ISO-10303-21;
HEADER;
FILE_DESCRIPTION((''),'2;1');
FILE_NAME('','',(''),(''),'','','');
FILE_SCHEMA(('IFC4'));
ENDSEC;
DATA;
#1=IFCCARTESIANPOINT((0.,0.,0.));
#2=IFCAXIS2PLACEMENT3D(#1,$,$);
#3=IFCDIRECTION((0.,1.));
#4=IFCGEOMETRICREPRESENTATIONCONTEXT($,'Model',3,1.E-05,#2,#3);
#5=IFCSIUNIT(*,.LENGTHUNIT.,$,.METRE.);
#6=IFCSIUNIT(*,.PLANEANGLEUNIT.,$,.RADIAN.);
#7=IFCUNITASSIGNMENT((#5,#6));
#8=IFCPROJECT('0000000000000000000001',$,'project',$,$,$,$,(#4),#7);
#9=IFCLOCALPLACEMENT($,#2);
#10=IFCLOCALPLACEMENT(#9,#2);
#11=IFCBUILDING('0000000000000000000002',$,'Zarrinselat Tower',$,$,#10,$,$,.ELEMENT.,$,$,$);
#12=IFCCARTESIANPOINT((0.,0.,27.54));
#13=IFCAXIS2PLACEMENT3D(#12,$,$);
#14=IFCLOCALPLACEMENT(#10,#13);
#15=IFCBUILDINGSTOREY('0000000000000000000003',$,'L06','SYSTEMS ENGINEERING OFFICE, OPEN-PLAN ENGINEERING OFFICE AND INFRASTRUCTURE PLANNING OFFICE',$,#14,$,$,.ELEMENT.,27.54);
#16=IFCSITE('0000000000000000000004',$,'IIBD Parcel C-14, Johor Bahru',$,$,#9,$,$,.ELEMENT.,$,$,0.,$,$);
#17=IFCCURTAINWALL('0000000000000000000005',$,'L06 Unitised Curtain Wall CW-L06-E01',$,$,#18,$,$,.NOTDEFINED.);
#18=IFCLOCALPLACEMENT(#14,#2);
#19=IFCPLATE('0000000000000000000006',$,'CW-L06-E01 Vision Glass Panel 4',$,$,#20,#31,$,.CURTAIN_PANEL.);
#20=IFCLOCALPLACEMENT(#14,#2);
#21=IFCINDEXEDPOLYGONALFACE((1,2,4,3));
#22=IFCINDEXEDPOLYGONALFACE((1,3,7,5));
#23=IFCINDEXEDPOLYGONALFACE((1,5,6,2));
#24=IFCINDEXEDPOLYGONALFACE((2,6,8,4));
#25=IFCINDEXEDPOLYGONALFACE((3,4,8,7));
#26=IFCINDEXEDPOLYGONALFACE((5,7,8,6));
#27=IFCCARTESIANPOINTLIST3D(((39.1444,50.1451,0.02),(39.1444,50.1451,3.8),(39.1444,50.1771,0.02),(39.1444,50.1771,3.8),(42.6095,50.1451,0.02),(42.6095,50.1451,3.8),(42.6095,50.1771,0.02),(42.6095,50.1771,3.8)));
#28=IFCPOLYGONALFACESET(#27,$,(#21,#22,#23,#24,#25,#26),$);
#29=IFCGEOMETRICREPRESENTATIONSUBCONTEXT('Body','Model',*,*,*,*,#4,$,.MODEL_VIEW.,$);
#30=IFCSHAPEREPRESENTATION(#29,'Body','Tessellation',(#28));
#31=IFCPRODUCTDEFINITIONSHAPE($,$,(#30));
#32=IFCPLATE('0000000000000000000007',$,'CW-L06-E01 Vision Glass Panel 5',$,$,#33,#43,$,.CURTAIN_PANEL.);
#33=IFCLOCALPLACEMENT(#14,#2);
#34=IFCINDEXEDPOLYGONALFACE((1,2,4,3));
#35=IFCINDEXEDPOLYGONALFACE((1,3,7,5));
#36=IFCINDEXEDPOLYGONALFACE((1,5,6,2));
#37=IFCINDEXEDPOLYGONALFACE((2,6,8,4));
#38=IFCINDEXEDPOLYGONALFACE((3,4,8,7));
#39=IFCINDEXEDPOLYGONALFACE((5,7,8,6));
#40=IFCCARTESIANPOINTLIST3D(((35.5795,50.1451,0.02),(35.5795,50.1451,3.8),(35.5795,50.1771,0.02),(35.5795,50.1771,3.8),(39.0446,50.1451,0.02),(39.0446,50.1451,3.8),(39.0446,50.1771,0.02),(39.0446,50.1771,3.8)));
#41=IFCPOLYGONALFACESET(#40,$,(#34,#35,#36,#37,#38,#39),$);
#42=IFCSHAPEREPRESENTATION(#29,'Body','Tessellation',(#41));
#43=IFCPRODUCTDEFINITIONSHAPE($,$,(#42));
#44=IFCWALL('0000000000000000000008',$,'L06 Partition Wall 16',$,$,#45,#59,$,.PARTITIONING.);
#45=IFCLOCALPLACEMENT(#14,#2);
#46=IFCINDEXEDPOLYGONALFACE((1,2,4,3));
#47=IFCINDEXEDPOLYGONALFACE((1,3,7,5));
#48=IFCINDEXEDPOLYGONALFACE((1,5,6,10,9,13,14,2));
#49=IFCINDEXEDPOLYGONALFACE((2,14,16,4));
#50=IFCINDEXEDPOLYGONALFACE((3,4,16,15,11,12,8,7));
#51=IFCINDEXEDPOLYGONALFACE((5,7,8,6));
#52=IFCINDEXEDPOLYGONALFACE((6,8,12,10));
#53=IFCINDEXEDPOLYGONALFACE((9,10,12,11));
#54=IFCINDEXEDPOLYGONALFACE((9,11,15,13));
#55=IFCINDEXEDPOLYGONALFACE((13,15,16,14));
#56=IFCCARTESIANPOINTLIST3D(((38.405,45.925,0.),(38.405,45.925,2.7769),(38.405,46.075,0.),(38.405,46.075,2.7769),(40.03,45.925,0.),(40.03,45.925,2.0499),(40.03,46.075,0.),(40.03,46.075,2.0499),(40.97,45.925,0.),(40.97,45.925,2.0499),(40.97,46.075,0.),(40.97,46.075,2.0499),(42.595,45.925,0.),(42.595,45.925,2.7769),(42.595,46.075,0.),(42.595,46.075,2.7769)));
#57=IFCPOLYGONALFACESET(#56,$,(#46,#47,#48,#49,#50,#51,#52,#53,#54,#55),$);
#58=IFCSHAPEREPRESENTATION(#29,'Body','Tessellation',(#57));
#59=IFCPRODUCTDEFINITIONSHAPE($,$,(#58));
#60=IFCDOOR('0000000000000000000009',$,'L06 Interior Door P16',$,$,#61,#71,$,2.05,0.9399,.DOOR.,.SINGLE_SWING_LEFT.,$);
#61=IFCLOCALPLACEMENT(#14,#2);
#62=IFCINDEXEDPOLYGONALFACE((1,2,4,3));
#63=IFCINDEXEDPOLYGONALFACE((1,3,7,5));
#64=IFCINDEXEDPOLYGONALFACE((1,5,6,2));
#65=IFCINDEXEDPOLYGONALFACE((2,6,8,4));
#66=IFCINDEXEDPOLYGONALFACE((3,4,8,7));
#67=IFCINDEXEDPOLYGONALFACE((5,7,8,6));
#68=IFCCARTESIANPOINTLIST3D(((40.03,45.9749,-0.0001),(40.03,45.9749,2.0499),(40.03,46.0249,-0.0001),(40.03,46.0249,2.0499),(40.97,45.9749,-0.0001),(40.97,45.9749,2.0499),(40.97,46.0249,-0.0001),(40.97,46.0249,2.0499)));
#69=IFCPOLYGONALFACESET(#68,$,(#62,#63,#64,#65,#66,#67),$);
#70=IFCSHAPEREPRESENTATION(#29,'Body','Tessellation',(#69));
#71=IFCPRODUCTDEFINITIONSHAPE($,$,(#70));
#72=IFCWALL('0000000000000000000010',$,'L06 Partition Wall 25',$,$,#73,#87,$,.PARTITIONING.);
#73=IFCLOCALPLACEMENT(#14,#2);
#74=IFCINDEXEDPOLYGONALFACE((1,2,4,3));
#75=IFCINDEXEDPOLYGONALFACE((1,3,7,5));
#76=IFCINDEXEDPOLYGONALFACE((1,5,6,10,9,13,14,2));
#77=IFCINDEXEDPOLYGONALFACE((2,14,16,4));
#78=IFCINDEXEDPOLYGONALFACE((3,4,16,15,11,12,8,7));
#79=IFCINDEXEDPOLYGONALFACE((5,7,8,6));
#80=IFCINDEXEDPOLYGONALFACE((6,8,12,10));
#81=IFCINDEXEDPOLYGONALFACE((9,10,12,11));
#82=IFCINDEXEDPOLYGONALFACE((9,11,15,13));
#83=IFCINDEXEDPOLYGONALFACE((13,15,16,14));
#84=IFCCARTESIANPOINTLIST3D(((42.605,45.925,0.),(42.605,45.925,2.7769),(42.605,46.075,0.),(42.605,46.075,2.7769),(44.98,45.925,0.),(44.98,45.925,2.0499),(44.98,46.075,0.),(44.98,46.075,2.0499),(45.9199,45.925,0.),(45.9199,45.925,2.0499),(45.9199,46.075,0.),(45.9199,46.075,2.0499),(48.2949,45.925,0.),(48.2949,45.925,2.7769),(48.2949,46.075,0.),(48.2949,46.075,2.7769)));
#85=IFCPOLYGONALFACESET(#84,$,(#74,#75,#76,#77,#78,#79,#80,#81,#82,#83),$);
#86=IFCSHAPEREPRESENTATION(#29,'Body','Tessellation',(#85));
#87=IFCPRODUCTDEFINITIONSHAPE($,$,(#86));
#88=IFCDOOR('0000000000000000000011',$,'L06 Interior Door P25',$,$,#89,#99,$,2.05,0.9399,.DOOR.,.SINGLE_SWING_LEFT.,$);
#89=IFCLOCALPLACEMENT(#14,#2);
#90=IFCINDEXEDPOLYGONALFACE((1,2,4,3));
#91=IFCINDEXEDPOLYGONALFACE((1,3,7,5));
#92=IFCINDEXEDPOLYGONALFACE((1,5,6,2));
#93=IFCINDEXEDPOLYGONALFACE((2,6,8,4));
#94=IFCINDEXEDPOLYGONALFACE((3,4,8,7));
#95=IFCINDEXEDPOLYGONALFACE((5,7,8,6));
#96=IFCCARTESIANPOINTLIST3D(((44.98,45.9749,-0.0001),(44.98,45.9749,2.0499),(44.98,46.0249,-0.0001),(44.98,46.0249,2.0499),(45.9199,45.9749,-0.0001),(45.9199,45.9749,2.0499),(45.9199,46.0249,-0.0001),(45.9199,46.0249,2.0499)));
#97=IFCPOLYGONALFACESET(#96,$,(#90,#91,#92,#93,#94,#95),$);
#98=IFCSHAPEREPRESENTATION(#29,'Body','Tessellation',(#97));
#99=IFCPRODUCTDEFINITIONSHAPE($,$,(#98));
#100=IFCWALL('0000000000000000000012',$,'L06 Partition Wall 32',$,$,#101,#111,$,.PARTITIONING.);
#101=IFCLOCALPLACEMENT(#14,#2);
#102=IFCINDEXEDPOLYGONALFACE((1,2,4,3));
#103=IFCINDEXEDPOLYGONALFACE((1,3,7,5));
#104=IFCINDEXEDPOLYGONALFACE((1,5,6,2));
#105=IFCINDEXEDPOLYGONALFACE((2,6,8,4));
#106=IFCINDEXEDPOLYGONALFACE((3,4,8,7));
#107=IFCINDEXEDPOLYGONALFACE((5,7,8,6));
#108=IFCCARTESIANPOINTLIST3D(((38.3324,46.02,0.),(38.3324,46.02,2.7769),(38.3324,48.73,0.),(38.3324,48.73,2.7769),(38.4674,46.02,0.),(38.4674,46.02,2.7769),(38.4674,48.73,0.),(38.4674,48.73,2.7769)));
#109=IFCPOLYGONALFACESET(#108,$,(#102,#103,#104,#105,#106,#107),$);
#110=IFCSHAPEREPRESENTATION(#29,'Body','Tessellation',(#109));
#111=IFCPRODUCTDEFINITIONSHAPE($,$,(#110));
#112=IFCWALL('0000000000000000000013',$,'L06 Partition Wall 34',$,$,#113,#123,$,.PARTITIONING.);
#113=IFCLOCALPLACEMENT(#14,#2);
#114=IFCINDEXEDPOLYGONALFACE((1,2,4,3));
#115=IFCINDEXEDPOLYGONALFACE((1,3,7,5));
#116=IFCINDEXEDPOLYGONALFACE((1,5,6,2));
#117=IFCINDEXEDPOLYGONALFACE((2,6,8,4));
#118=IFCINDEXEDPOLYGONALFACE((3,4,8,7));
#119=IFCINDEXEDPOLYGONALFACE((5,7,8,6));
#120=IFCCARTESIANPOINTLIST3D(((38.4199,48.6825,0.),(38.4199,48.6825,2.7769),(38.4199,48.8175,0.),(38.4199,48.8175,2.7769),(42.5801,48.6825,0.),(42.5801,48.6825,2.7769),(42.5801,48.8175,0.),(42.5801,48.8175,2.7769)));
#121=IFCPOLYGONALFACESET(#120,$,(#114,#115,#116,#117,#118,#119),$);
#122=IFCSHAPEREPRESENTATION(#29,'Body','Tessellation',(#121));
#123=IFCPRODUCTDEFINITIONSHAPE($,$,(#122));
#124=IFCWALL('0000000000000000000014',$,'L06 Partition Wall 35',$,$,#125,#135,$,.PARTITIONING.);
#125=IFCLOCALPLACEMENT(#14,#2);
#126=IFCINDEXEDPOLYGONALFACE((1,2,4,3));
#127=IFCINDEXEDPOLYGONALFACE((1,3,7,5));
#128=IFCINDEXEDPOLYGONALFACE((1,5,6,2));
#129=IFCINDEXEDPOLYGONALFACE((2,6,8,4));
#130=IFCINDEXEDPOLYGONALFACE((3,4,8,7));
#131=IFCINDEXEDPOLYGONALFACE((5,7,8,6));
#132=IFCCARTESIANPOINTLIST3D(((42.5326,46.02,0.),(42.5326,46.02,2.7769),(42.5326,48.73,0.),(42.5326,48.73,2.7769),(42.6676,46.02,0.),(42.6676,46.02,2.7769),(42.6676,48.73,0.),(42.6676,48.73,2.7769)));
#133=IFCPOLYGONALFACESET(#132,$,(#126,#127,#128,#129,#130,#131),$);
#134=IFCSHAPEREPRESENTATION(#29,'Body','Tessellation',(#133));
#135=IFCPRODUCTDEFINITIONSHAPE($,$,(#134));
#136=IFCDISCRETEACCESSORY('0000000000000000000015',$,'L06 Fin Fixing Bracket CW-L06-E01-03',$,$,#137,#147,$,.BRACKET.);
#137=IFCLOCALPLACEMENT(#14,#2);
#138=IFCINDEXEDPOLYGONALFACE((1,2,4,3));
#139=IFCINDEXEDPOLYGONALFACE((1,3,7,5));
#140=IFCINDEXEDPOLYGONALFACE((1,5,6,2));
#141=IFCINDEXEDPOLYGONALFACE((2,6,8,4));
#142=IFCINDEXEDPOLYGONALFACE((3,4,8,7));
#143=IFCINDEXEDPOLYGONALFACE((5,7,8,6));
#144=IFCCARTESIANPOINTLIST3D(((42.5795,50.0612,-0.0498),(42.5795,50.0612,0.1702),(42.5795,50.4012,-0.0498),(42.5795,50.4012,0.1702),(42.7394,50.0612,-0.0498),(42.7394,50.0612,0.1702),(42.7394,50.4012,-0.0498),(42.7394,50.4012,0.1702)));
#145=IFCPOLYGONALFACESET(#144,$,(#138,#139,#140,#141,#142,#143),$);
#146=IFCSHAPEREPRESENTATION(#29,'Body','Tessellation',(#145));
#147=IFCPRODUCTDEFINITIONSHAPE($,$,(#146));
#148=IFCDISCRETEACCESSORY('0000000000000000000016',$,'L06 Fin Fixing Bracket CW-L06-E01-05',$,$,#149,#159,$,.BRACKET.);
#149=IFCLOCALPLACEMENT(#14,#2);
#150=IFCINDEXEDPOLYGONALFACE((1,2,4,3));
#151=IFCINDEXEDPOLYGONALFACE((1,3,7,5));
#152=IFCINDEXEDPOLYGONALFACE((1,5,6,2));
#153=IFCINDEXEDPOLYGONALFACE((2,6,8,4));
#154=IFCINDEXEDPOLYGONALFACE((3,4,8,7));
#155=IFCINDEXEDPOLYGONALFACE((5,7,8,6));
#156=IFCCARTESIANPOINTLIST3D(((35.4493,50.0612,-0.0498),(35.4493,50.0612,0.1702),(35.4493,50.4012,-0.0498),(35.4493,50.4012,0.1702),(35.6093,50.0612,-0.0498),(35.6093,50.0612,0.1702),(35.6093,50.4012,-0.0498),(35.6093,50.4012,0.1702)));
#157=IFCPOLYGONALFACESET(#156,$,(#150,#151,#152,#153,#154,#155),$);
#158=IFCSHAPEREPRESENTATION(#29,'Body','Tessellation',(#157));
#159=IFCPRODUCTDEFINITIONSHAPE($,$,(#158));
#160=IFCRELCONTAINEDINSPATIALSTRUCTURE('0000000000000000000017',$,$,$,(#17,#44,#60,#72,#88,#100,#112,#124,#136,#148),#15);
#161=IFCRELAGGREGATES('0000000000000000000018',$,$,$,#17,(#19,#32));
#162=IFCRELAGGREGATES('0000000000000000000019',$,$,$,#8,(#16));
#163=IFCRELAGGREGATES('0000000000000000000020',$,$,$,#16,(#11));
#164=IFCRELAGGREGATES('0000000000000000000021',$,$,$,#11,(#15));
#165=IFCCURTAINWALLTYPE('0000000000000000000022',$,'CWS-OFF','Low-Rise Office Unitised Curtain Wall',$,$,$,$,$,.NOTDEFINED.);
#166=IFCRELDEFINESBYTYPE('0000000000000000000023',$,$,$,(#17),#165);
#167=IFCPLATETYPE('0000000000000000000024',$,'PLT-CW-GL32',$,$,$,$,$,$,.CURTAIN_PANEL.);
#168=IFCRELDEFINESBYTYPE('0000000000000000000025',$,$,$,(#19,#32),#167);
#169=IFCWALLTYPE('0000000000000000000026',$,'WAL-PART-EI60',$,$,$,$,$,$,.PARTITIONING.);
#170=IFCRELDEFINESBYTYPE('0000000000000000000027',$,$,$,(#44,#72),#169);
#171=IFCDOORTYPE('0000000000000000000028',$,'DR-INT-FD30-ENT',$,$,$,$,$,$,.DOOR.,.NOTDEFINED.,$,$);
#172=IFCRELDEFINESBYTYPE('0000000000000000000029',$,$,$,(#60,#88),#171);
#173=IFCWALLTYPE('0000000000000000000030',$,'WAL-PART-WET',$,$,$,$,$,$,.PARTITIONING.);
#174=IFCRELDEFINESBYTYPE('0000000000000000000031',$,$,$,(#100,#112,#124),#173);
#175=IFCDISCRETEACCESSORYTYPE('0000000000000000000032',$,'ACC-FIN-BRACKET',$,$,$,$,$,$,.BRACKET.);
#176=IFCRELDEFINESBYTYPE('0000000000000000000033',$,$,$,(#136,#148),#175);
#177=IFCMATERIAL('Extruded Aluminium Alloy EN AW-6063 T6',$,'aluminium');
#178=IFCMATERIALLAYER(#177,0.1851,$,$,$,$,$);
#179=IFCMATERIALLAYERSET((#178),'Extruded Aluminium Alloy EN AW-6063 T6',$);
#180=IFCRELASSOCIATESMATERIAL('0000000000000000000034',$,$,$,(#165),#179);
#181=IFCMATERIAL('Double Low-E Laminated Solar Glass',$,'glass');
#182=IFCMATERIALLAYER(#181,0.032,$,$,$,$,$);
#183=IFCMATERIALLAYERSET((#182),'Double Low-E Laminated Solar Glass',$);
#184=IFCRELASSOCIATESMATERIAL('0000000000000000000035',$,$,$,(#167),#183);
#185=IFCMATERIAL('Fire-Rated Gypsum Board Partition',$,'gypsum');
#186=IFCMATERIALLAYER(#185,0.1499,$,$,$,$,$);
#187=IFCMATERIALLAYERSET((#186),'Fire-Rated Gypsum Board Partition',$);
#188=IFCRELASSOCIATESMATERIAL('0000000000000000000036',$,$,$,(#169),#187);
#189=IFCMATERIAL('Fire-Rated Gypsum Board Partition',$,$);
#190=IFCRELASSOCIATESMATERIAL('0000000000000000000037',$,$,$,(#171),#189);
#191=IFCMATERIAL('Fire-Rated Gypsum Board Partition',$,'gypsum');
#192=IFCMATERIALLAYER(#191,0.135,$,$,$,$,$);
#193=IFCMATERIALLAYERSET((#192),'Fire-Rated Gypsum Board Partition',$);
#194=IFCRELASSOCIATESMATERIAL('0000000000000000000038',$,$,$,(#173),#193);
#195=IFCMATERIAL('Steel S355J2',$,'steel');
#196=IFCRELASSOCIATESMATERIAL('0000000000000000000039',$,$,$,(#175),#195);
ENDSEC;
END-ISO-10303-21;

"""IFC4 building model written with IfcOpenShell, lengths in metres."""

from ifc_helpers import new_model, si_unit, direction, frame, frame_2d, origin, origin_2d, place, context, subcontext, project, spatial, rectangle, extrude, material, layer, layer_set, type_object, element, fill, aggregate, save


model = new_model("IFC4")

# Units and contexts
model_context = context("Model", 3, precision=1e-05, world=origin(), true_north=direction((0.0, 1.0)))
body_context = subcontext(model_context, "Body", "Model", "MODEL_VIEW")
ifc_project = project(units=[si_unit("LENGTHUNIT", "METRE"), si_unit("PLANEANGLEUNIT", "RADIAN")], contexts=[model_context])

# Site, building, storey
site_placement = place(None, origin())
site = spatial("IfcSite", under=ifc_project, at=site_placement, Name="IIBD Parcel C-14, Johor Bahru", CompositionType="ELEMENT", RefElevation=0.0)
building_placement = place(site_placement, origin())
building = spatial("IfcBuilding", under=site, at=building_placement, Name="Zarrinselat Tower", CompositionType="ELEMENT")
storey_placement = place(building_placement, frame((0.0, 0.0, 27.54)))
storey = spatial("IfcBuildingStorey", under=building, at=storey_placement, Name="L06", Description="SYSTEMS ENGINEERING OFFICE, OPEN-PLAN ENGINEERING OFFICE AND INFRASTRUCTURE PLANNING OFFICE", CompositionType="ELEMENT", Elevation=27.54)

# Curtain wall, plates
ifc_material_1 = material(Name="Extruded Aluminium Alloy EN AW-6063 T6", Category="aluminium")
ifc_layer_1 = layer(ifc_material_1, 0.1851)
ifc_layer_set_1 = layer_set([ifc_layer_1], Name="Extruded Aluminium Alloy EN AW-6063 T6")
curtain_wall_type = type_object("IfcCurtainWallType", Name="CWS-OFF", Description="Low-Rise Office Unitised Curtain Wall", PredefinedType="NOTDEFINED", material=ifc_layer_set_1)
curtain_wall_placement = place(storey_placement, origin())
curtain_wall = element("IfcCurtainWall", 1, at=curtain_wall_placement, inside=storey, type_object=curtain_wall_type, Name="L06 Unitised Curtain Wall CW-L06-E01", PredefinedType="NOTDEFINED")
ifc_material_2 = material(Name="Double Low-E Laminated Solar Glass", Category="glass")
ifc_layer_2 = layer(ifc_material_2, 0.032)
ifc_layer_set_2 = layer_set([ifc_layer_2], Name="Double Low-E Laminated Solar Glass")
plate_type = type_object("IfcPlateType", Name="PLT-CW-GL32", PredefinedType="CURTAIN_PANEL", material=ifc_layer_set_2)
plate_1_placement = place(storey_placement, frame((40.877, 50.1611, 0.02), z_axis=(0.0, 0.0, 1.0), x_axis=(-1.0, 0.0, 0.0)))
plate_1 = element("IfcPlate", 2, at=plate_1_placement, type_object=plate_type, Name="CW-L06-E01 Vision Glass Panel 4", PredefinedType="CURTAIN_PANEL", context=body_context, shape_type="SweptSolid", body=[
    extrude(rectangle(XDim=3.4651, YDim=0.032, at=origin_2d()), origin(), (0.0, 0.0, 1.0), 3.78),
])
plate_2_placement = place(storey_placement, frame((37.312, 50.1611, 0.02), z_axis=(0.0, 0.0, 1.0), x_axis=(-1.0, 0.0, 0.0)))
plate_2 = element("IfcPlate", 3, at=plate_2_placement, type_object=plate_type, Name="CW-L06-E01 Vision Glass Panel 5", PredefinedType="CURTAIN_PANEL", context=body_context, shape_type="SweptSolid", body=[
    extrude(rectangle(XDim=3.4651, YDim=0.032, at=origin_2d()), origin(), (0.0, 0.0, 1.0), 3.78),
])
aggregate(curtain_wall, [plate_1, plate_2])

# Walls, openings, doors
ifc_material_3 = material(Name="Fire-Rated Gypsum Board Partition", Category="gypsum")
ifc_layer_3 = layer(ifc_material_3, 0.1499)
ifc_layer_set_3 = layer_set([ifc_layer_3], Name="Fire-Rated Gypsum Board Partition")
wall_type_1 = type_object("IfcWallType", Name="WAL-PART-EI60", PredefinedType="PARTITIONING", material=ifc_layer_set_3)
wall_1_placement = place(storey_placement, frame((38.405, 46.0, 0.0), z_axis=(0.0, 0.0, 1.0), x_axis=(1.0, 0.0, 0.0)))
wall_1 = element("IfcWall", 4, at=wall_1_placement, inside=storey, type_object=wall_type_1, Name="L06 Partition Wall 16", PredefinedType="PARTITIONING", context=body_context, shape_type="SweptSolid", body=[
    extrude(rectangle(XDim=4.1899, YDim=0.1499, at=frame_2d((2.095, 0.0))), origin(), (0.0, 0.0, 1.0), 2.7769),
])
opening_1_placement = place(wall_1_placement, frame((1.625, 0.0, 0.0)))
opening_1 = element("IfcOpeningElement", 5, at=opening_1_placement, cuts=wall_1, PredefinedType="OPENING", context=body_context, shape_type="SweptSolid", body=[
    extrude(rectangle(XDim=0.9399, YDim=2.05, at=frame_2d((0.47, 1.0249))), frame((0.0, 0.085, 0.0), z_axis=(0.0, -1.0, 0.0), x_axis=(1.0, 0.0, 0.0)), (0.0, 0.0, 1.0), 0.1699),
])
ifc_material_4 = material(Name="Fire-Rated Gypsum Board Partition")
door_type = type_object("IfcDoorType", Name="DR-INT-FD30-ENT", OperationType="NOTDEFINED", PredefinedType="DOOR", material=ifc_material_4)
door_1_placement = place(opening_1_placement, origin())
door_1 = element("IfcDoor", 6, at=door_1_placement, inside=storey, type_object=door_type, Name="L06 Interior Door P16", OperationType="SINGLE_SWING_LEFT", OverallHeight=2.05, OverallWidth=0.9399, PredefinedType="DOOR", context=body_context, shape_type="SweptSolid", body=[
    extrude(rectangle(XDim=0.9399, YDim=2.05, at=frame_2d((0.47, 1.0249))), frame((0.0, 0.0249, 0.0), z_axis=(0.0, -1.0, 0.0), x_axis=(1.0, 0.0, 0.0)), (0.0, 0.0, 1.0), 0.05),
])
fill(opening_1, door_1)
wall_2_placement = place(storey_placement, frame((42.605, 46.0, 0.0), z_axis=(0.0, 0.0, 1.0), x_axis=(1.0, 0.0, 0.0)))
wall_2 = element("IfcWall", 7, at=wall_2_placement, inside=storey, type_object=wall_type_1, Name="L06 Partition Wall 25", PredefinedType="PARTITIONING", context=body_context, shape_type="SweptSolid", body=[
    extrude(rectangle(XDim=5.6899, YDim=0.1499, at=frame_2d((2.845, 0.0))), origin(), (0.0, 0.0, 1.0), 2.7769),
])
opening_2_placement = place(wall_2_placement, frame((2.375, 0.0, 0.0)))
opening_2 = element("IfcOpeningElement", 8, at=opening_2_placement, cuts=wall_2, PredefinedType="OPENING", context=body_context, shape_type="SweptSolid", body=[
    extrude(rectangle(XDim=0.9399, YDim=2.05, at=frame_2d((0.47, 1.0249))), frame((0.0, 0.085, 0.0), z_axis=(0.0, -1.0, 0.0), x_axis=(1.0, 0.0, 0.0)), (0.0, 0.0, 1.0), 0.1699),
])
door_2_placement = place(opening_2_placement, origin())
door_2 = element("IfcDoor", 9, at=door_2_placement, inside=storey, type_object=door_type, Name="L06 Interior Door P25", OperationType="SINGLE_SWING_LEFT", OverallHeight=2.05, OverallWidth=0.9399, PredefinedType="DOOR", context=body_context, shape_type="SweptSolid", body=[
    extrude(rectangle(XDim=0.9399, YDim=2.05, at=frame_2d((0.47, 1.0249))), frame((0.0, 0.0249, 0.0), z_axis=(0.0, -1.0, 0.0), x_axis=(1.0, 0.0, 0.0)), (0.0, 0.0, 1.0), 0.05),
])
fill(opening_2, door_2)

# Walls
ifc_material_5 = material(Name="Fire-Rated Gypsum Board Partition", Category="gypsum")
ifc_layer_4 = layer(ifc_material_5, 0.135)
ifc_layer_set_4 = layer_set([ifc_layer_4], Name="Fire-Rated Gypsum Board Partition")
wall_type_2 = type_object("IfcWallType", Name="WAL-PART-WET", PredefinedType="PARTITIONING", material=ifc_layer_set_4)
wall_3_placement = place(storey_placement, frame((38.3999, 46.02, 0.0), z_axis=(0.0, 0.0, 1.0), x_axis=(0.0, 1.0, 0.0)))
element("IfcWall", 10, at=wall_3_placement, inside=storey, type_object=wall_type_2, Name="L06 Partition Wall 32", PredefinedType="PARTITIONING", context=body_context, shape_type="SweptSolid", body=[
    extrude(rectangle(XDim=2.71, YDim=0.135, at=frame_2d((1.355, 0.0))), origin(), (0.0, 0.0, 1.0), 2.7769),
])
wall_4_placement = place(storey_placement, frame((38.4199, 48.75, 0.0), z_axis=(0.0, 0.0, 1.0), x_axis=(1.0, 0.0, 0.0)))
element("IfcWall", 11, at=wall_4_placement, inside=storey, type_object=wall_type_2, Name="L06 Partition Wall 34", PredefinedType="PARTITIONING", context=body_context, shape_type="SweptSolid", body=[
    extrude(rectangle(XDim=4.1602, YDim=0.135, at=frame_2d((2.0801, 0.0))), origin(), (0.0, 0.0, 1.0), 2.7769),
])
wall_5_placement = place(storey_placement, frame((42.6001, 46.02, 0.0), z_axis=(0.0, 0.0, 1.0), x_axis=(0.0, 1.0, 0.0)))
element("IfcWall", 12, at=wall_5_placement, inside=storey, type_object=wall_type_2, Name="L06 Partition Wall 35", PredefinedType="PARTITIONING", context=body_context, shape_type="SweptSolid", body=[
    extrude(rectangle(XDim=2.71, YDim=0.135, at=frame_2d((1.355, 0.0))), origin(), (0.0, 0.0, 1.0), 2.7769),
])

# Discrete accessories
ifc_material_6 = material(Name="Steel S355J2", Category="steel")
discrete_accessory_type = type_object("IfcDiscreteAccessoryType", Name="ACC-FIN-BRACKET", PredefinedType="BRACKET", material=ifc_material_6)
for number, where, z_axis, x_axis, name in (
    (13, (42.6594, 50.2312, -0.0498), (0.0, 0.0, 1.0), (0.0, 1.0, 0.0), "L06 Fin Fixing Bracket CW-L06-E01-03"),
    (14, (35.5293, 50.2312, -0.0498), (0.0, 0.0, 1.0), (0.0, 1.0, 0.0), "L06 Fin Fixing Bracket CW-L06-E01-05"),
):
    element("IfcDiscreteAccessory", number, at=place(storey_placement, frame(where, z_axis=z_axis, x_axis=x_axis)), inside=storey, type_object=discrete_accessory_type, Name=name, PredefinedType="BRACKET", context=body_context, shape_type="SweptSolid", body=[
        extrude(rectangle(XDim=0.3401, YDim=0.1599, at=origin_2d()), origin(), (0.0, 0.0, 1.0), 0.22),
    ])

save(model, "model.ifc")
